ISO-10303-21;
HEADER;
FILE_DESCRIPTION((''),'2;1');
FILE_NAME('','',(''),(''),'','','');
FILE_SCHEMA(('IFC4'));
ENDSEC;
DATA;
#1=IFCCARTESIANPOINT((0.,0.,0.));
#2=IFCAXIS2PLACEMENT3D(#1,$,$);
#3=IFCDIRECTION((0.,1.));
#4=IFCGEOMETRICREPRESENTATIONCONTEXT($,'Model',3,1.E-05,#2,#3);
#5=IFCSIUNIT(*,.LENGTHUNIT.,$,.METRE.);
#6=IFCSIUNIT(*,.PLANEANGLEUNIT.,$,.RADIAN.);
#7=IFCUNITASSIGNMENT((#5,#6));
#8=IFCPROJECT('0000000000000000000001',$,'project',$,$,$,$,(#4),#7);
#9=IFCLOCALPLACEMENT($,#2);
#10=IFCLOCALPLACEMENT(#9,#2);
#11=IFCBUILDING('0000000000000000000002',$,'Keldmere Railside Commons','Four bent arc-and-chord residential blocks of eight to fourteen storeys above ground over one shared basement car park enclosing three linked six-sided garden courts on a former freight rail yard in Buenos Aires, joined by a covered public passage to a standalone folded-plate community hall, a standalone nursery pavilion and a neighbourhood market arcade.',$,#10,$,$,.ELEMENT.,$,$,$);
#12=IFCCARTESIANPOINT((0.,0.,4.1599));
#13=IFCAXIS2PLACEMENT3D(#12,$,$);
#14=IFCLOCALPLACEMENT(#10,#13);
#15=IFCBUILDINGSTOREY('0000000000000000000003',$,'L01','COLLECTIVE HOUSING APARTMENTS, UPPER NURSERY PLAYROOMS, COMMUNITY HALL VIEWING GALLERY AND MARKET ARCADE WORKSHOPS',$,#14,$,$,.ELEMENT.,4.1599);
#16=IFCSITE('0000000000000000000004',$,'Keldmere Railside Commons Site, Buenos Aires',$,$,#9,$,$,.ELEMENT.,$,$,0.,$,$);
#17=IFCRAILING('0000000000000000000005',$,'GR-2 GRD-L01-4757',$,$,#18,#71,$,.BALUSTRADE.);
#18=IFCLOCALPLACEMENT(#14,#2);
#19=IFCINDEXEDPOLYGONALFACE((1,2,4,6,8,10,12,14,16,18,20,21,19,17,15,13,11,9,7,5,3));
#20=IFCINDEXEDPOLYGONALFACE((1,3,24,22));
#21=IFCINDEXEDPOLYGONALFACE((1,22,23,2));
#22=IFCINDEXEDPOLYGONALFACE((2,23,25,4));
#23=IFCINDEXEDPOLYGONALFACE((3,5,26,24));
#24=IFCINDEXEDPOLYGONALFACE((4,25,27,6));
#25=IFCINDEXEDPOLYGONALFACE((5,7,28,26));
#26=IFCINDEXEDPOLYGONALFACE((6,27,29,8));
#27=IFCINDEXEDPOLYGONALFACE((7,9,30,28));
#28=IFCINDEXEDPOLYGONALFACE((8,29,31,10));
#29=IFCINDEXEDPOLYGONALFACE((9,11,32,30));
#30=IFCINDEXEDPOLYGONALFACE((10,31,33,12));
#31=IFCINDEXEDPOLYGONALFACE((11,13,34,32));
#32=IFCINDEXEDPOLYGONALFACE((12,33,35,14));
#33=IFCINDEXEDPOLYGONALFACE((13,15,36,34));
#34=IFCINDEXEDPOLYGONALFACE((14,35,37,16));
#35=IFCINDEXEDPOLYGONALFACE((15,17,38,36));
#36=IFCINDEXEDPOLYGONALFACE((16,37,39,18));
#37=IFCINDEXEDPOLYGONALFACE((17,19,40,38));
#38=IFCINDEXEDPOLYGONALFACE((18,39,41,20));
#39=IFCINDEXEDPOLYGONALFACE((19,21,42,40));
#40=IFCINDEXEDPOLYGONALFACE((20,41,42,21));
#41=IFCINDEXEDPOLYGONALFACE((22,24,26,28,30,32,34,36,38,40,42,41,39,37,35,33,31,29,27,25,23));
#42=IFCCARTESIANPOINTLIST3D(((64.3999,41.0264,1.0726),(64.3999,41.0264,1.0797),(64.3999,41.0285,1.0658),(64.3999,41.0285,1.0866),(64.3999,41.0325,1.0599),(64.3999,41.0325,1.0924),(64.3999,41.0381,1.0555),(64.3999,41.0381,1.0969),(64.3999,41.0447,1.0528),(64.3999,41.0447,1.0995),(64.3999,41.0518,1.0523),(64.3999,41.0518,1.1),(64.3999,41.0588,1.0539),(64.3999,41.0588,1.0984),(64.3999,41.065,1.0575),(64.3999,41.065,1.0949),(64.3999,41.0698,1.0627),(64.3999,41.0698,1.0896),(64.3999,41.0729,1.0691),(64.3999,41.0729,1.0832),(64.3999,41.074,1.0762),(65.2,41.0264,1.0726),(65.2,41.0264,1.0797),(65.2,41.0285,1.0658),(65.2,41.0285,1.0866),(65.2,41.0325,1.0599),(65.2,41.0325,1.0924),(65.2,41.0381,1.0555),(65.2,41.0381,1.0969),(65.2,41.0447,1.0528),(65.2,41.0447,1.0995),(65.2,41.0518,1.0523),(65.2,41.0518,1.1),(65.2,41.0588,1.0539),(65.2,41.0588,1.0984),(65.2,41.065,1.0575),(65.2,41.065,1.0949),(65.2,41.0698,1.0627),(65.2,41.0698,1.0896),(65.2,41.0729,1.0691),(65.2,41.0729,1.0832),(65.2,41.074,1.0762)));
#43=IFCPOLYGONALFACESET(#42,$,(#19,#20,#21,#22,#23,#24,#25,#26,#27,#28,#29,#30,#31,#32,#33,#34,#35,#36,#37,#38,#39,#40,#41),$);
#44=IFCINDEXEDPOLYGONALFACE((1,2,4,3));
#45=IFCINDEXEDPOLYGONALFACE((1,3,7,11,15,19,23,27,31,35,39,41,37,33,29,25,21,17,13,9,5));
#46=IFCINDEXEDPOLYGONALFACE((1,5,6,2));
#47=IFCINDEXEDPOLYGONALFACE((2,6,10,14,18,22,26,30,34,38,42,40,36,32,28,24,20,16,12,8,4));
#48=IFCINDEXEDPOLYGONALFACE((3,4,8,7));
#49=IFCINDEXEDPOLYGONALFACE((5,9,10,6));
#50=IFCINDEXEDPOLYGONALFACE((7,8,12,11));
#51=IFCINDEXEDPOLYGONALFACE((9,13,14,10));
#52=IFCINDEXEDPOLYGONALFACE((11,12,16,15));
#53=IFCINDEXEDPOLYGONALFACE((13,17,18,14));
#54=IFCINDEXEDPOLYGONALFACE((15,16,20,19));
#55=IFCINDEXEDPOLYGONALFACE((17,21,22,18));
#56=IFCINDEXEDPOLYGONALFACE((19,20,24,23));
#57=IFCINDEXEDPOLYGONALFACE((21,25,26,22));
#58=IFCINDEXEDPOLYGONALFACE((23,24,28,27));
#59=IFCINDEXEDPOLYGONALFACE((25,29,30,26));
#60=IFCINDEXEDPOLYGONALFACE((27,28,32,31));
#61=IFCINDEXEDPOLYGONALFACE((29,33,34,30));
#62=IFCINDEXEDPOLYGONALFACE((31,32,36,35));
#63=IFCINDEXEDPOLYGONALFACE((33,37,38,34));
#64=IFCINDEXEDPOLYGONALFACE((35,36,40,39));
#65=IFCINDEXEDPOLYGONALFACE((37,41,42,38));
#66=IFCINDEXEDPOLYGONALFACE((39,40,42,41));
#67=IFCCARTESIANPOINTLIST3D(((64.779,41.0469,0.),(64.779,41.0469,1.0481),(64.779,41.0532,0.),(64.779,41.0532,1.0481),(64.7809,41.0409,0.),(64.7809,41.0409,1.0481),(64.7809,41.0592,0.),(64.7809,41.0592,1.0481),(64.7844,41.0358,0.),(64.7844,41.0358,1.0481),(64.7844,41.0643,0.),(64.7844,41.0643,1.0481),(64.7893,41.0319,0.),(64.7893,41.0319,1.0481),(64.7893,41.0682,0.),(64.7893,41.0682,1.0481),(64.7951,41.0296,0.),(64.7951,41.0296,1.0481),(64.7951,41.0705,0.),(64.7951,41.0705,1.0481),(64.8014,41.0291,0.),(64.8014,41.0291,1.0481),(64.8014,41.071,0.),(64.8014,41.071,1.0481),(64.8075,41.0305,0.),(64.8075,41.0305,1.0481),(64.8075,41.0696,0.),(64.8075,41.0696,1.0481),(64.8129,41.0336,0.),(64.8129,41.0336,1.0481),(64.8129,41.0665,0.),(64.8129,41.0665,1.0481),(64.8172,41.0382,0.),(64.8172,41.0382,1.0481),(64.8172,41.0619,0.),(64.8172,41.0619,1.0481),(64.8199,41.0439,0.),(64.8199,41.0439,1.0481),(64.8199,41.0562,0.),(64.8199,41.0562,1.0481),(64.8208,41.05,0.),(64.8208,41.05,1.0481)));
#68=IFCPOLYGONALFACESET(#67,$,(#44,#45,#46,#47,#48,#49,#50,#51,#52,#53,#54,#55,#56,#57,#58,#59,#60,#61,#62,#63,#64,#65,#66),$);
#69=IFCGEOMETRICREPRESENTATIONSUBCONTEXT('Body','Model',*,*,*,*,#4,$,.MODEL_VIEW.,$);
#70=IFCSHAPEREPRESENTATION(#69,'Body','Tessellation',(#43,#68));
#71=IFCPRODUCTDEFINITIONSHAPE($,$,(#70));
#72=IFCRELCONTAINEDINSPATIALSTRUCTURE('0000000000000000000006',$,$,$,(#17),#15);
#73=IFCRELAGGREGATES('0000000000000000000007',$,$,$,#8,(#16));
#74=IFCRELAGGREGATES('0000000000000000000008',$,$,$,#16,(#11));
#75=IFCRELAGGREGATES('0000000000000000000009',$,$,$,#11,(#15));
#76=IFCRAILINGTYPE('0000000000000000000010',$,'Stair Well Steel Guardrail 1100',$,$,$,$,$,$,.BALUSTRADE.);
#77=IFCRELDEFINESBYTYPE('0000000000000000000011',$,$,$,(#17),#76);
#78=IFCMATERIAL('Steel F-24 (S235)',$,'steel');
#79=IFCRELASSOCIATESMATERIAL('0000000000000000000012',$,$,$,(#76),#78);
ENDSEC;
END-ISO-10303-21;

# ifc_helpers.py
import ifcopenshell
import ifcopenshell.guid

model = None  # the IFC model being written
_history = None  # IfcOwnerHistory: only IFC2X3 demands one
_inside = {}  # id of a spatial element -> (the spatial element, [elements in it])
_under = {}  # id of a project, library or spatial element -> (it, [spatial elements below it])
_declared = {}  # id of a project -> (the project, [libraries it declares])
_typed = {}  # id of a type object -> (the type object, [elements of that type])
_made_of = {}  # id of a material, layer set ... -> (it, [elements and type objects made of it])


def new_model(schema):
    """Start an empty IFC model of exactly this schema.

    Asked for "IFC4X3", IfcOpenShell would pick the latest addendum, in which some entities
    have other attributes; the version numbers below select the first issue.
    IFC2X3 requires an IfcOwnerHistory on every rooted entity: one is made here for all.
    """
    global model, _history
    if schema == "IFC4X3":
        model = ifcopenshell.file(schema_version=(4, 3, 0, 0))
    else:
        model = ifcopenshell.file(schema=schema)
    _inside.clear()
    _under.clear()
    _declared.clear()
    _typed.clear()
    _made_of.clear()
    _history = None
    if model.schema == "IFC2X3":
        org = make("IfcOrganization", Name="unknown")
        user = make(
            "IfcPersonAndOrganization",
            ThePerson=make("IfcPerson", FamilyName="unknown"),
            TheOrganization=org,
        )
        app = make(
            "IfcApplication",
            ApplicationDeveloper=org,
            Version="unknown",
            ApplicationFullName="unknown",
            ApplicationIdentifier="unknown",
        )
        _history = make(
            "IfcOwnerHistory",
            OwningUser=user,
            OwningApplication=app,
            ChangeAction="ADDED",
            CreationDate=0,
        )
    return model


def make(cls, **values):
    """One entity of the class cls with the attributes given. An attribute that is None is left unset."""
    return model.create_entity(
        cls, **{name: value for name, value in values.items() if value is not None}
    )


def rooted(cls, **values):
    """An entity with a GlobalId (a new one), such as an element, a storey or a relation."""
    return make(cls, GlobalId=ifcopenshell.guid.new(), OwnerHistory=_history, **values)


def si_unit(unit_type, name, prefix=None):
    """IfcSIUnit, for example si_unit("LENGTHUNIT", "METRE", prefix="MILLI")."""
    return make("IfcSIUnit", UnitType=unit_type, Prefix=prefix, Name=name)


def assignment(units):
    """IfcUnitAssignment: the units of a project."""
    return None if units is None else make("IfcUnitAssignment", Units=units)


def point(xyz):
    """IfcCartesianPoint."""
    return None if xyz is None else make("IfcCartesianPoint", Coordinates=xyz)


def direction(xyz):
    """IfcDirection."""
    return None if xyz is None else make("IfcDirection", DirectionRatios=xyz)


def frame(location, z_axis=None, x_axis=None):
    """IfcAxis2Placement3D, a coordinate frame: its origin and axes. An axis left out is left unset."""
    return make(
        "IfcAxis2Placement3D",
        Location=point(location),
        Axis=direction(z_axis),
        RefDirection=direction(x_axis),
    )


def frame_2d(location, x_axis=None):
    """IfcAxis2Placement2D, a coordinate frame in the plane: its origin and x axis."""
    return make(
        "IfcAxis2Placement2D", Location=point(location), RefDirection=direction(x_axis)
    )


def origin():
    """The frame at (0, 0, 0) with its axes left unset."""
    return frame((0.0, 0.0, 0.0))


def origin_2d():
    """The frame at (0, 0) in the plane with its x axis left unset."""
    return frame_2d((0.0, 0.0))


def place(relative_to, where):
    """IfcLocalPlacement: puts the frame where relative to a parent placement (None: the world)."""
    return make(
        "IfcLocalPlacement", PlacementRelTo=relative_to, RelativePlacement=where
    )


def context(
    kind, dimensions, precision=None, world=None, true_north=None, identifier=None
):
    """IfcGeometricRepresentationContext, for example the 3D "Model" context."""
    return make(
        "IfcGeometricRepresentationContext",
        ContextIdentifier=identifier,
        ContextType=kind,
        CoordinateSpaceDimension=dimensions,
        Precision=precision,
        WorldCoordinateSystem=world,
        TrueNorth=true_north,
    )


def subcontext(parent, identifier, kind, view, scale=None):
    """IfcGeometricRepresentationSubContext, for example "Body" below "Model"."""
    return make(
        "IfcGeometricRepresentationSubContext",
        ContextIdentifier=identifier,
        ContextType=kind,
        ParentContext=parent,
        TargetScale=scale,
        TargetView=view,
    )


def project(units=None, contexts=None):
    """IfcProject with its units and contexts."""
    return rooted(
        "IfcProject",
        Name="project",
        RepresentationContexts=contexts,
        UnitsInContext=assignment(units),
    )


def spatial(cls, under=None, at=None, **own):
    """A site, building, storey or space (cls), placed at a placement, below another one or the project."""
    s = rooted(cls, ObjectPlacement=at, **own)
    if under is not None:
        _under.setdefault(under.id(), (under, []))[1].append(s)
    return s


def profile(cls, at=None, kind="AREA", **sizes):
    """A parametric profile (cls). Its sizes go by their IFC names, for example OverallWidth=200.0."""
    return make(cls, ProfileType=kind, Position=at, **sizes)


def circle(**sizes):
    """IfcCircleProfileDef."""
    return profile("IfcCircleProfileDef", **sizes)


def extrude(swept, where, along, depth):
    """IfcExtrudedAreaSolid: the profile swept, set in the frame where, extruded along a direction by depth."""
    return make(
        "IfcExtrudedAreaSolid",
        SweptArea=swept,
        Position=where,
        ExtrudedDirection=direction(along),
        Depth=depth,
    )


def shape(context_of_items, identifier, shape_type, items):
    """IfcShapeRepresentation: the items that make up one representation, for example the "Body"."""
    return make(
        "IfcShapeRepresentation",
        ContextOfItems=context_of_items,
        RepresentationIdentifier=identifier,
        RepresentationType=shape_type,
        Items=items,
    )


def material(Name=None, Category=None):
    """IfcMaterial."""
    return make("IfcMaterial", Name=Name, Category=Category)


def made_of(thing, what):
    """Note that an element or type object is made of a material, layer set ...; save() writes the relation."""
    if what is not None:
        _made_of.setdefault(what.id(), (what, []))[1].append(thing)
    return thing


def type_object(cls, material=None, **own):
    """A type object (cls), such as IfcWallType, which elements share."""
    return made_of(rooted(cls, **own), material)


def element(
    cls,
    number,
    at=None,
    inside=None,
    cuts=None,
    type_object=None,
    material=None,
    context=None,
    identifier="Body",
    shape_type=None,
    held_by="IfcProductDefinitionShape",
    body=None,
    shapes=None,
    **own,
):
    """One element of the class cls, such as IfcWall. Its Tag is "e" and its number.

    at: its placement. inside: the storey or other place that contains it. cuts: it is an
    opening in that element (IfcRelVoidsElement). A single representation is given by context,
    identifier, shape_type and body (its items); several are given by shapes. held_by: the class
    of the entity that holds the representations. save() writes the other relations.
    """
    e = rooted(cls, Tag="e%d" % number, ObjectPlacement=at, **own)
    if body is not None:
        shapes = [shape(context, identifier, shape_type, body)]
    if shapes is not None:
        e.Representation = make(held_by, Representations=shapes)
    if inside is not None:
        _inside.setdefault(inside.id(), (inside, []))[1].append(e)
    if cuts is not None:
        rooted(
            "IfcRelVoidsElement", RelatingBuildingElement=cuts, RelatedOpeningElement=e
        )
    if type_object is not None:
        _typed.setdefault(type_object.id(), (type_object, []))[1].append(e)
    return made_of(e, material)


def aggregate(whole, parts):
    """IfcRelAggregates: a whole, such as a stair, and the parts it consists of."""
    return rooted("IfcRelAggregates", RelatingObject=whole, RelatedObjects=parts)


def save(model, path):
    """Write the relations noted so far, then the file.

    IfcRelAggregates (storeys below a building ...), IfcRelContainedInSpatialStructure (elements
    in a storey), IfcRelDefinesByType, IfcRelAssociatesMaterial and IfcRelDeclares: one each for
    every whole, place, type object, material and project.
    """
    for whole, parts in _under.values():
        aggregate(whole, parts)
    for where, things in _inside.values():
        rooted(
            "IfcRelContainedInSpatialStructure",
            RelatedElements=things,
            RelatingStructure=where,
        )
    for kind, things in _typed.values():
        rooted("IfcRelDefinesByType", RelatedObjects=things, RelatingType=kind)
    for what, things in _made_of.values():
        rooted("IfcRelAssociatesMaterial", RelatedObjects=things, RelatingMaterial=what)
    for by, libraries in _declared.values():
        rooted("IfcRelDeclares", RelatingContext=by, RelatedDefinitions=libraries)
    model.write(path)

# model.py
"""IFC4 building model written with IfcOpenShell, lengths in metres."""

from ifc_helpers import new_model, si_unit, direction, frame, origin, origin_2d, place, context, subcontext, project, spatial, circle, extrude, material, type_object, element, save


model = new_model("IFC4")

# Units and contexts
model_context = context("Model", 3, precision=1e-05, world=origin(), true_north=direction((0.0, 1.0)))
body_context = subcontext(model_context, "Body", "Model", "MODEL_VIEW")
ifc_project = project(units=[si_unit("LENGTHUNIT", "METRE"), si_unit("PLANEANGLEUNIT", "RADIAN")], contexts=[model_context])

# Site, building, storey
site_placement = place(None, origin())
site = spatial("IfcSite", under=ifc_project, at=site_placement, Name="Keldmere Railside Commons Site, Buenos Aires", CompositionType="ELEMENT", RefElevation=0.0)
building_placement = place(site_placement, origin())
building = spatial("IfcBuilding", under=site, at=building_placement, Name="Keldmere Railside Commons", Description="Four bent arc-and-chord residential blocks of eight to fourteen storeys above ground over one shared basement car park enclosing three linked six-sided garden courts on a former freight rail yard in Buenos Aires, joined by a covered public passage to a standalone folded-plate community hall, a standalone nursery pavilion and a neighbourhood market arcade.", CompositionType="ELEMENT")
storey_placement = place(building_placement, frame((0.0, 0.0, 4.1599)))
storey = spatial("IfcBuildingStorey", under=building, at=storey_placement, Name="L01", Description="COLLECTIVE HOUSING APARTMENTS, UPPER NURSERY PLAYROOMS, COMMUNITY HALL VIEWING GALLERY AND MARKET ARCADE WORKSHOPS", CompositionType="ELEMENT", Elevation=4.1599)

# Railing
ifc_material_1 = material(Name="Steel F-24 (S235)", Category="steel")
railing_type = type_object("IfcRailingType", Name="Stair Well Steel Guardrail 1100", PredefinedType="BALUSTRADE", material=ifc_material_1)
railing_placement = place(storey_placement, frame((64.3999, 41.05, 0.0)))
element("IfcRailing", 1, at=railing_placement, inside=storey, type_object=railing_type, Name="GR-2 GRD-L01-4757", PredefinedType="BALUSTRADE", context=body_context, shape_type="SweptSolid", body=[
    extrude(circle(Radius=0.0239, at=origin_2d()), frame((0.0, 0.0, 1.0762), z_axis=(1.0, 0.0, 0.0), x_axis=(0.0, 1.0, 0.0)), (0.0, 0.0, 1.0), 0.8),
    extrude(circle(Radius=0.021, at=origin_2d()), frame((0.3999, 0.0, 0.0)), (0.0, 0.0, 1.0), 1.0481),
])

save(model, "model.ifc")
